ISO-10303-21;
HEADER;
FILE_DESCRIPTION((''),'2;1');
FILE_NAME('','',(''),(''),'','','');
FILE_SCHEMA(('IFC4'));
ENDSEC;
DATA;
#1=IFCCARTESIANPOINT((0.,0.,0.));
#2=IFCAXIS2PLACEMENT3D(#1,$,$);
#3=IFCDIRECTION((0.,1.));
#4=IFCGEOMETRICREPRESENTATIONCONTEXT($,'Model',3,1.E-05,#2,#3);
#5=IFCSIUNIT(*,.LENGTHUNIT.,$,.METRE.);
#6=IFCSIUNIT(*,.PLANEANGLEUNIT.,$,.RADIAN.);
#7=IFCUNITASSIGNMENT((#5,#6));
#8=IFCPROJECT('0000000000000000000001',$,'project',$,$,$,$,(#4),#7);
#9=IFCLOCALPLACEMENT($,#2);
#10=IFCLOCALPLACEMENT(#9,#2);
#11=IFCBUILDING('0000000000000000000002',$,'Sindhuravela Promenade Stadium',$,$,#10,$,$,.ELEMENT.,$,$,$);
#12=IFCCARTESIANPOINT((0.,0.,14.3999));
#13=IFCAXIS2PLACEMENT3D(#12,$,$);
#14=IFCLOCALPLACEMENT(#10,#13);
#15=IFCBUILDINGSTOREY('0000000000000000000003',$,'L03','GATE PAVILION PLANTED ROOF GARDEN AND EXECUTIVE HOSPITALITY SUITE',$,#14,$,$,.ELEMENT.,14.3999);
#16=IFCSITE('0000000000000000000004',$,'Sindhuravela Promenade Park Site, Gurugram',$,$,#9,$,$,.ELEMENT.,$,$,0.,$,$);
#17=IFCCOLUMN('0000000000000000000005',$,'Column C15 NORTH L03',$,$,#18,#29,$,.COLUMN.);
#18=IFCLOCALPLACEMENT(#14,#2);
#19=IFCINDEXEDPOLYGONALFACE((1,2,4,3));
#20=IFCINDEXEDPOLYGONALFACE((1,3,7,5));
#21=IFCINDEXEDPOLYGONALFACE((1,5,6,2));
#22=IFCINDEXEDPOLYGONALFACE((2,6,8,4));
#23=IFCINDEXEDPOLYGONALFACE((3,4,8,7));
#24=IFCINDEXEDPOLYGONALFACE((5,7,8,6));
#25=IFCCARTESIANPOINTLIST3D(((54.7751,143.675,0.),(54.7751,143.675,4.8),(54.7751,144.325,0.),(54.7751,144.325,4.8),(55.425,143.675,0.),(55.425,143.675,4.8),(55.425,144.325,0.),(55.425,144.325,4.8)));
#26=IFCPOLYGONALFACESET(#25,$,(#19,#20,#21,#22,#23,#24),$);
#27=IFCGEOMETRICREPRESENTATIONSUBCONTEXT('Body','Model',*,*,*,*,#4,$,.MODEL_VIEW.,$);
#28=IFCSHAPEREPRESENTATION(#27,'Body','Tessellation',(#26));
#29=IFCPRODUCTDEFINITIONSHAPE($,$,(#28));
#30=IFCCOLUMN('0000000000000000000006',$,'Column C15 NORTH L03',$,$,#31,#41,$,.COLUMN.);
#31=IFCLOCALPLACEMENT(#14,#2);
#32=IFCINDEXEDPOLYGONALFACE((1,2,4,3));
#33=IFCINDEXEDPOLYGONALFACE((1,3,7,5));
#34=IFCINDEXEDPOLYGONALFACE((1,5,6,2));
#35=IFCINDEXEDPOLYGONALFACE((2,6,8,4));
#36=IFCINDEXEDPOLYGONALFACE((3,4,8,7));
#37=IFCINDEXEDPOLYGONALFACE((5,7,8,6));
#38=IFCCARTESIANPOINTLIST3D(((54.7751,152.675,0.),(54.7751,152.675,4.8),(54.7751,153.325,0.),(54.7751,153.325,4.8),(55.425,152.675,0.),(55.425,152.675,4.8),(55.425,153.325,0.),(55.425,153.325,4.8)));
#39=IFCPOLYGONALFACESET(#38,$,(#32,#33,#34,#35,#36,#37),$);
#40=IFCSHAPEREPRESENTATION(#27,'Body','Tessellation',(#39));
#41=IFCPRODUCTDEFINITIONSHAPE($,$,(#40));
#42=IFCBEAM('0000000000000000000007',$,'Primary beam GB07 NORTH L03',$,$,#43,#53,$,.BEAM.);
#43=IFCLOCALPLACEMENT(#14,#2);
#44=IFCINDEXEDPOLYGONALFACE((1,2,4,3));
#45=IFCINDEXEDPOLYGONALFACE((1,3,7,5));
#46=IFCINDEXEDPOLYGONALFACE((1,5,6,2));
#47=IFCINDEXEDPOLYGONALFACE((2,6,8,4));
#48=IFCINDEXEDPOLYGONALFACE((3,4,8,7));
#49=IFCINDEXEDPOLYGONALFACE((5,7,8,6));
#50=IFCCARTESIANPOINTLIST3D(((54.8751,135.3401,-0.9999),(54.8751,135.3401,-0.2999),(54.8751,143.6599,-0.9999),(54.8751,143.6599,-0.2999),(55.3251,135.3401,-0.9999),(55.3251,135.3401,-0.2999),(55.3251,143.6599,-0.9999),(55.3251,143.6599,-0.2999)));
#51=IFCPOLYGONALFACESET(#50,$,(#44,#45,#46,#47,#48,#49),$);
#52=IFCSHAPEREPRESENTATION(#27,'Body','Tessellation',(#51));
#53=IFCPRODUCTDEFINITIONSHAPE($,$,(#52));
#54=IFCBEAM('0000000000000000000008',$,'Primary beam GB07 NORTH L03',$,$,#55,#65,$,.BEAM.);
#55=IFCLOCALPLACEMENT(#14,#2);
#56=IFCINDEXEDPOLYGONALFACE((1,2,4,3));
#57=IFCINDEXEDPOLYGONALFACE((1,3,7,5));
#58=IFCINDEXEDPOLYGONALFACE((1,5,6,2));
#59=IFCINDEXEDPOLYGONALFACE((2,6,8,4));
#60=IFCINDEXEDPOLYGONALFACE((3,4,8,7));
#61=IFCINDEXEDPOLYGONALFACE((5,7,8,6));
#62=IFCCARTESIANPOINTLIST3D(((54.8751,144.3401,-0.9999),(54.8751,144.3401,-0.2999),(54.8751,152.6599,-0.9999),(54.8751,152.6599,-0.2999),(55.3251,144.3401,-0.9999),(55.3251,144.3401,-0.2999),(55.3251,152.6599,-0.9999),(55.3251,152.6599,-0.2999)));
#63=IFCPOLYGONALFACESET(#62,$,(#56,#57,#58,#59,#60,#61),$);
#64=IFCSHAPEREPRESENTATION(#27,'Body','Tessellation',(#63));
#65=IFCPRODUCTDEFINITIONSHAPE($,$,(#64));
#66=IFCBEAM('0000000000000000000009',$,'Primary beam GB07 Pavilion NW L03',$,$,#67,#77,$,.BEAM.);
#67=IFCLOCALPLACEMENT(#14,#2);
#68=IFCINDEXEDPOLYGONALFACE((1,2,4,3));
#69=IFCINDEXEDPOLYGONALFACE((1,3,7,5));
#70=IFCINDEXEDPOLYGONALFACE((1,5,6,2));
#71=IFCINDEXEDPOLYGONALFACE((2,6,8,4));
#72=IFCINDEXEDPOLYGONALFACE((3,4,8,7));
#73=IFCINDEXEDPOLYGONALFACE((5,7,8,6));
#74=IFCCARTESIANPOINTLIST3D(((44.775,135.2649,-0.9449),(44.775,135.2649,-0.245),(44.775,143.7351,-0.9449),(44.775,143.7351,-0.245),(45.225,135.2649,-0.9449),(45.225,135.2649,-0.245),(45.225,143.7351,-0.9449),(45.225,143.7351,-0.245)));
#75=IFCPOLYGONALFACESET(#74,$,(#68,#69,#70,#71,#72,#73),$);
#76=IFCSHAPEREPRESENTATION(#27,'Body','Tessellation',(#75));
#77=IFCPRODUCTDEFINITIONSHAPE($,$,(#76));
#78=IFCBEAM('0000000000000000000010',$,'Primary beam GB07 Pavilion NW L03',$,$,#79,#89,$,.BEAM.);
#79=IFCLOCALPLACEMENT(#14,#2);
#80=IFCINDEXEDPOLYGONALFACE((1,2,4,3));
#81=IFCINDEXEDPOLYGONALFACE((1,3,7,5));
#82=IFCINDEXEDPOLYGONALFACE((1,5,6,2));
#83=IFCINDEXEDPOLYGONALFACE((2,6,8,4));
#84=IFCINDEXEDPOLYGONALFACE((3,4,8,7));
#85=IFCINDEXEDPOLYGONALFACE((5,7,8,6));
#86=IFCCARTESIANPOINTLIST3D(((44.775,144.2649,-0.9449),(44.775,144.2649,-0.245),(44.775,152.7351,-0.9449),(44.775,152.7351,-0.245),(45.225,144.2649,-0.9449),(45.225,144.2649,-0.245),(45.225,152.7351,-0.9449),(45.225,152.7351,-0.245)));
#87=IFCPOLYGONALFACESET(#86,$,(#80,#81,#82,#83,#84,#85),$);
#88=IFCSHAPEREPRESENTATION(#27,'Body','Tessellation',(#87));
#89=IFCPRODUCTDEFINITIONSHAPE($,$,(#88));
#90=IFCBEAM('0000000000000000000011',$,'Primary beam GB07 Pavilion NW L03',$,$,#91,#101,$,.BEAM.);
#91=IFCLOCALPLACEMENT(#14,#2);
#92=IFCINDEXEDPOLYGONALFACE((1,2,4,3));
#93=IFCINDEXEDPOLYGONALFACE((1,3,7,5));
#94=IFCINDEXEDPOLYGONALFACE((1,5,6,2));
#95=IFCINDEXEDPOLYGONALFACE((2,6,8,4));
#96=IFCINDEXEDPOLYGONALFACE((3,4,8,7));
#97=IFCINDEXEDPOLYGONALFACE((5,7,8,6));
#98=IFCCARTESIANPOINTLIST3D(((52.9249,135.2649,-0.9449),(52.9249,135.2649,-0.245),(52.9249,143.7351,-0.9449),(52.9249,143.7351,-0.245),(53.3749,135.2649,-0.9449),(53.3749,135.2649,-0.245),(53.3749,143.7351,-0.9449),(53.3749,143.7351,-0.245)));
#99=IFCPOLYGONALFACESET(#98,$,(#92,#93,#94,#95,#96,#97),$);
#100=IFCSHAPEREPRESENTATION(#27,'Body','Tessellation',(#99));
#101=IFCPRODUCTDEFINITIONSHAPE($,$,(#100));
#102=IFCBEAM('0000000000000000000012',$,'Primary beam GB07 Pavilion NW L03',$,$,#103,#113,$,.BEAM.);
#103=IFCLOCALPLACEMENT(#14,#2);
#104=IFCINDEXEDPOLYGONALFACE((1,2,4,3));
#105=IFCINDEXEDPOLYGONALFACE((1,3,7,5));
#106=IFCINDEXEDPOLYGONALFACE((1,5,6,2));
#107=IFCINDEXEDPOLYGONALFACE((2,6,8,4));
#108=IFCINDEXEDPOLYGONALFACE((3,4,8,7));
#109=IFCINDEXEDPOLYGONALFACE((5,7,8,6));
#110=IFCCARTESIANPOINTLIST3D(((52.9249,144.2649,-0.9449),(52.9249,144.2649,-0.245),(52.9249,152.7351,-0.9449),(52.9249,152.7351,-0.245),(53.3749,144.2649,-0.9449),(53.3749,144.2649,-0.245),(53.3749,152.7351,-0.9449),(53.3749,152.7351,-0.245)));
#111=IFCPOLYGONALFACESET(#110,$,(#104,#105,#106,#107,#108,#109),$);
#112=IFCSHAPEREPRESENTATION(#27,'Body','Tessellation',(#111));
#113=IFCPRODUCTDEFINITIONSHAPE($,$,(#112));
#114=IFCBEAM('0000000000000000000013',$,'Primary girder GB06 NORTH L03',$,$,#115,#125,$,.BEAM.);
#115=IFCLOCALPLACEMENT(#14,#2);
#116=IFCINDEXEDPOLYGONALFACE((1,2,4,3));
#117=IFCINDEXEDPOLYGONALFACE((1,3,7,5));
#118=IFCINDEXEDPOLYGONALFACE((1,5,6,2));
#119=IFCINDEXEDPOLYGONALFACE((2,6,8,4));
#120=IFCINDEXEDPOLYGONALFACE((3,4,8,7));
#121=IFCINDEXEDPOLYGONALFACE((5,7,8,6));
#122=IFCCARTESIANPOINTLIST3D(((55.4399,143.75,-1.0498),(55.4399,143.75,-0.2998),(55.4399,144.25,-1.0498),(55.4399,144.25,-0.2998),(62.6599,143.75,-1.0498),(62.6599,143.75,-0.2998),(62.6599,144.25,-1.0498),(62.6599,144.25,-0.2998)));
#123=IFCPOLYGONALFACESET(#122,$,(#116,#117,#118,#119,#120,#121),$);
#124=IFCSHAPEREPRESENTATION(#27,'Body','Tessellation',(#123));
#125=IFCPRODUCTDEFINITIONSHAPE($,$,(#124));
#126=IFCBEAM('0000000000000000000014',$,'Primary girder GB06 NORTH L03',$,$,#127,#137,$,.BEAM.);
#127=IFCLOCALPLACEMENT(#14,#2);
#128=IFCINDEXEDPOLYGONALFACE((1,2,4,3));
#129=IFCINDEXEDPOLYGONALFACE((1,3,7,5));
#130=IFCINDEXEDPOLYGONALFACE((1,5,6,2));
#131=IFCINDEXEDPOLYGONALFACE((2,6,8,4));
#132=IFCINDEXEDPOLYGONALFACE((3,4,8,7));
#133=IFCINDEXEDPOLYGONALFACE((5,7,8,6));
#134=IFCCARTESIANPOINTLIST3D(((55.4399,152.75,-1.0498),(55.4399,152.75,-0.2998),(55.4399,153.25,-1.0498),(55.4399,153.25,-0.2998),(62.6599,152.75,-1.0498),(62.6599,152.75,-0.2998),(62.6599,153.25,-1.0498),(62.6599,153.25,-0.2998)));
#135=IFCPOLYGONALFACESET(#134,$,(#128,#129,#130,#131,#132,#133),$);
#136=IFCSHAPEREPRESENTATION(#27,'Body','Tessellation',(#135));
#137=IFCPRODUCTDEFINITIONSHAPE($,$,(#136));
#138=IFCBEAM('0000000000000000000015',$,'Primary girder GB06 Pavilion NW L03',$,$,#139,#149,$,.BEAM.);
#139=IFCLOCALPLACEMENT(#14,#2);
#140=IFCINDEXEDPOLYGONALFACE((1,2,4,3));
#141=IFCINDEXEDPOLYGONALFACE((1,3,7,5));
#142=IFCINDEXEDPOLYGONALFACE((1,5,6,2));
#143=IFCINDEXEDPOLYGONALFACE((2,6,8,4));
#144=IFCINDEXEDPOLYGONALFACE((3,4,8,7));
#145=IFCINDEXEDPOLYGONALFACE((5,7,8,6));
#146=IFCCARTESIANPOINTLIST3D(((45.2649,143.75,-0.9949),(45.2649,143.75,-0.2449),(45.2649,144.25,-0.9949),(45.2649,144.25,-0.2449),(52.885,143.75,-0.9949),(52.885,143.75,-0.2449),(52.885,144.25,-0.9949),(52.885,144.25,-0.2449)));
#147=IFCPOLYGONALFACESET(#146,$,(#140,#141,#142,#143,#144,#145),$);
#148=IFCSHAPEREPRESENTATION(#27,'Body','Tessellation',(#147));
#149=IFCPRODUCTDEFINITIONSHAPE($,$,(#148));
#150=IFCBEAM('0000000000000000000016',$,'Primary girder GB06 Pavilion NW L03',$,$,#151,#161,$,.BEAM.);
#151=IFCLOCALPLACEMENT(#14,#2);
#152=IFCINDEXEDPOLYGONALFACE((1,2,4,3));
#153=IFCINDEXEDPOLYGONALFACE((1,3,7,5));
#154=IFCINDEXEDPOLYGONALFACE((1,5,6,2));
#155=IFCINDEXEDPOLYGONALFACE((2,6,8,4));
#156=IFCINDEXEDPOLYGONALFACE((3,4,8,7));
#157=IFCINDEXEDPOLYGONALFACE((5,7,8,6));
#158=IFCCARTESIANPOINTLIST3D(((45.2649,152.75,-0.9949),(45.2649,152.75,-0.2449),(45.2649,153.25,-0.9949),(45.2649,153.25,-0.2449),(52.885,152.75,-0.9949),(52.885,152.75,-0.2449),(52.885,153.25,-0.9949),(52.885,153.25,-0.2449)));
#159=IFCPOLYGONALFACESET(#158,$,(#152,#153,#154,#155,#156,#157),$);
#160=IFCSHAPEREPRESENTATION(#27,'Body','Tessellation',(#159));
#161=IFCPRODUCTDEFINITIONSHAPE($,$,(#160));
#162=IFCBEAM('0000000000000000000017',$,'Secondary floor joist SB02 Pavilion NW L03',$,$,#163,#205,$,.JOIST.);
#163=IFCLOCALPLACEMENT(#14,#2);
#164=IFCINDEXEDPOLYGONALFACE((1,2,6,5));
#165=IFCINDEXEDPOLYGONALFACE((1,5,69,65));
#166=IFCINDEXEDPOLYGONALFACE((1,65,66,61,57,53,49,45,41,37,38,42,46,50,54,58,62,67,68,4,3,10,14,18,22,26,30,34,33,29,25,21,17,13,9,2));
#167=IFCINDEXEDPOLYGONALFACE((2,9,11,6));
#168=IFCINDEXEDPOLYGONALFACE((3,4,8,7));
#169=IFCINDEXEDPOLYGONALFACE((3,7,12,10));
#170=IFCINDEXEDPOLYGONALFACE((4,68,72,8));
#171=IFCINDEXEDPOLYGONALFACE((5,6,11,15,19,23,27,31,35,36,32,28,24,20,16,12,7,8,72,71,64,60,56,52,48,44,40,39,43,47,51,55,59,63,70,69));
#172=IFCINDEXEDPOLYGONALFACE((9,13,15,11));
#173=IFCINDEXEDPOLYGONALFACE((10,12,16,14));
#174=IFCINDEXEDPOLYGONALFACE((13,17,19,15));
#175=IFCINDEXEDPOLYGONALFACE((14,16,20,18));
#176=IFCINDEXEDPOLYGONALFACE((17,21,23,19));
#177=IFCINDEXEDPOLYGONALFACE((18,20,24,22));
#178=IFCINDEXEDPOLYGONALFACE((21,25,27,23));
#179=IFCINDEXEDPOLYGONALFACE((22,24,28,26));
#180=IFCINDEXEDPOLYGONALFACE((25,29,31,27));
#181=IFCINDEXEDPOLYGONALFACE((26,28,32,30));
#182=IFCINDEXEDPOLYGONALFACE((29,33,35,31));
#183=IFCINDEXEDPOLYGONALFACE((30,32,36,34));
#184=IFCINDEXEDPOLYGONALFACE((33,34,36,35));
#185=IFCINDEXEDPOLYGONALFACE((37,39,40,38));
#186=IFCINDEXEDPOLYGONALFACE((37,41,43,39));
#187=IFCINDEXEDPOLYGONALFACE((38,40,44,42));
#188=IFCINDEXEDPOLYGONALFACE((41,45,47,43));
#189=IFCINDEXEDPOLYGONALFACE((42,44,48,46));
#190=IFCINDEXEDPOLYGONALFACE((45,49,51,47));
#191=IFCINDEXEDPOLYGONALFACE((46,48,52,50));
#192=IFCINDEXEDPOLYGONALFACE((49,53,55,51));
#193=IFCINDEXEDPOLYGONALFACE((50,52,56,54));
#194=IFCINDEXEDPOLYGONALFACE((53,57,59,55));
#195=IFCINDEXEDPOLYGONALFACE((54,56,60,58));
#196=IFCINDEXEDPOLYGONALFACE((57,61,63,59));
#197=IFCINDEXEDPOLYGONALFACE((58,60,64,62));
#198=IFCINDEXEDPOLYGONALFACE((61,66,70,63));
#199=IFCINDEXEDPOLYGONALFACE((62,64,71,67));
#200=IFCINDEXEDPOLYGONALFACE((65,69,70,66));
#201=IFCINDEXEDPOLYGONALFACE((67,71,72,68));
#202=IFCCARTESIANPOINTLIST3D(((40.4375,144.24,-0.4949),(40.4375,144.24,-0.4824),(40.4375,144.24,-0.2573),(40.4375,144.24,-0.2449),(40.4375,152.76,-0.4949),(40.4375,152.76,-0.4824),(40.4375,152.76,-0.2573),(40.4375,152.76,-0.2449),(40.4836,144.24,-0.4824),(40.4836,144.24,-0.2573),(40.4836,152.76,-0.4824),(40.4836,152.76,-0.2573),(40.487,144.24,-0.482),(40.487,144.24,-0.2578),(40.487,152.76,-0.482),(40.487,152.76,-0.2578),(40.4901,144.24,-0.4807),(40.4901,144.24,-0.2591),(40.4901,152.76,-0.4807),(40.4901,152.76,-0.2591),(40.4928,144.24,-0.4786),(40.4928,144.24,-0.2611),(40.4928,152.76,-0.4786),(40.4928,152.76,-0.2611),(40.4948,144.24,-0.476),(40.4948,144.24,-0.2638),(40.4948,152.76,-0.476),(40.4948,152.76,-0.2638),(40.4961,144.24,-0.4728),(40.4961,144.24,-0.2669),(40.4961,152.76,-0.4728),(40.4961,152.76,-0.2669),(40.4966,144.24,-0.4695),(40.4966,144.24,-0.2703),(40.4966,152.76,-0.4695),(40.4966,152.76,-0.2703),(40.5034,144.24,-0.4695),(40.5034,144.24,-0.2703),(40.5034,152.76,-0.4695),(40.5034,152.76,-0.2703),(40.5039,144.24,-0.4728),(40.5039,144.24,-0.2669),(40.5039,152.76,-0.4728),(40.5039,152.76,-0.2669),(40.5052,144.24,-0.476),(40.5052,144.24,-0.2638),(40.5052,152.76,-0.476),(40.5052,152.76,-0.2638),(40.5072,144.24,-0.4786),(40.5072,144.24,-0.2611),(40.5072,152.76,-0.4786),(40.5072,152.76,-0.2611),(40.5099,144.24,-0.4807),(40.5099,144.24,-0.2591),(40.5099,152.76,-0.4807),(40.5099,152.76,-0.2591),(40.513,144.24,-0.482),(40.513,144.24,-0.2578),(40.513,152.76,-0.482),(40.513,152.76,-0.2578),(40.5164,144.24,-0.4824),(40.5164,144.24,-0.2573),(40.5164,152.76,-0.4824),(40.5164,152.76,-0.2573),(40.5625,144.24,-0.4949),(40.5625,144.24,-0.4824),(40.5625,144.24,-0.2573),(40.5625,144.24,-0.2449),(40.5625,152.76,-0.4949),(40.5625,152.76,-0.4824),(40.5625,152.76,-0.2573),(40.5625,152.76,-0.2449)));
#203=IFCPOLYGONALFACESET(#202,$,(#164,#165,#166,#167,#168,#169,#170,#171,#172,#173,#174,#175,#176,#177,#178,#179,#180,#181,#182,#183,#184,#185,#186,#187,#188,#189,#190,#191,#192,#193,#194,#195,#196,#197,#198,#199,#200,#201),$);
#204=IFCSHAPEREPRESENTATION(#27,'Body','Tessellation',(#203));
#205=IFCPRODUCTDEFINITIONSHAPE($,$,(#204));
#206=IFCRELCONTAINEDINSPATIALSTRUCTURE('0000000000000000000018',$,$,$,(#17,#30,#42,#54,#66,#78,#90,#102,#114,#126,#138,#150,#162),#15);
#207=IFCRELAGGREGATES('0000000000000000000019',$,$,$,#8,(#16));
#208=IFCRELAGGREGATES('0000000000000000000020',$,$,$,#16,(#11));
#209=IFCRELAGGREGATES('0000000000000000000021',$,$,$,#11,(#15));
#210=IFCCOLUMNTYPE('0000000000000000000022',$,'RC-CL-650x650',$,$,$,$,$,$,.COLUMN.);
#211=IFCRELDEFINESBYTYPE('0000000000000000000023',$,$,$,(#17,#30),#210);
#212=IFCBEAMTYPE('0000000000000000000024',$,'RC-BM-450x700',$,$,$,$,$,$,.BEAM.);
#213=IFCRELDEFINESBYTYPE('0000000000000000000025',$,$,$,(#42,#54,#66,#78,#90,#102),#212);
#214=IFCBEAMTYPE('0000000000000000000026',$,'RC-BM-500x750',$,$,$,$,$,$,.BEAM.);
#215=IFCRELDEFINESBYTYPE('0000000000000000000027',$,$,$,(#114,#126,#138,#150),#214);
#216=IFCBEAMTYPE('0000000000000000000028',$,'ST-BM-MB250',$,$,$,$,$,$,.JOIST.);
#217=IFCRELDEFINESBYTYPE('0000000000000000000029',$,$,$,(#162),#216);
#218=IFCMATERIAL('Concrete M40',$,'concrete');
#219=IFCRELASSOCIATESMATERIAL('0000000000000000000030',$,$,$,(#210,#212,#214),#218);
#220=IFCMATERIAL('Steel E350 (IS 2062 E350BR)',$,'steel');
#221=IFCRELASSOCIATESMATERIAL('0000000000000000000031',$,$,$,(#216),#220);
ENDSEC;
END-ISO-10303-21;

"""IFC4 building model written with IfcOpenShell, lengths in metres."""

from ifc_helpers import new_model, si_unit, direction, frame, origin, origin_2d, place, context, subcontext, project, spatial, rectangle, i_section, extrude, material, material_profile, profile_set, type_object, element, save


model = new_model("IFC4")

# Units and contexts
model_context = context("Model", 3, precision=1e-05, world=origin(), true_north=direction((0.0, 1.0)))
body_context = subcontext(model_context, "Body", "Model", "MODEL_VIEW")
ifc_project = project(units=[si_unit("LENGTHUNIT", "METRE"), si_unit("PLANEANGLEUNIT", "RADIAN")], contexts=[model_context])

# Site, building, storey
site_placement = place(None, origin())
site = spatial("IfcSite", under=ifc_project, at=site_placement, Name="Sindhuravela Promenade Park Site, Gurugram", CompositionType="ELEMENT", RefElevation=0.0)
building_placement = place(site_placement, origin())
building = spatial("IfcBuilding", under=site, at=building_placement, Name="Sindhuravela Promenade Stadium", CompositionType="ELEMENT")
storey_placement = place(building_placement, frame((0.0, 0.0, 14.3999)))
storey = spatial("IfcBuildingStorey", under=building, at=storey_placement, Name="L03", Description="GATE PAVILION PLANTED ROOF GARDEN AND EXECUTIVE HOSPITALITY SUITE", CompositionType="ELEMENT", Elevation=14.3999)

# Columns
ifc_material_1 = material(Name="Concrete M40", Category="concrete")
ifc_material_profile_1 = material_profile(ifc_material_1, rectangle(XDim=0.6499, YDim=0.6499, at=origin_2d()), Name="RC 650x650")
ifc_profile_set_1 = profile_set([ifc_material_profile_1], Name="Concrete M40")
column_type = type_object("IfcColumnType", Name="RC-CL-650x650", PredefinedType="COLUMN", material=ifc_profile_set_1)
for number, where, z_axis, x_axis, name in (
    (1, (55.1001, 144.0, 0.0), (0.0, 0.0, 1.0), (1.0, 0.0, 0.0), "Column C15 NORTH L03"),
    (2, (55.1001, 153.0, 0.0), (0.0, 0.0, 1.0), (1.0, 0.0, 0.0), "Column C15 NORTH L03"),
):
    element("IfcColumn", number, at=place(storey_placement, frame(where, z_axis=z_axis, x_axis=x_axis)), inside=storey, type_object=column_type, Name=name, PredefinedType="COLUMN", context=body_context, shape_type="SweptSolid", body=[
        extrude(rectangle(XDim=0.6499, YDim=0.6499, at=origin_2d()), origin(), (0.0, 0.0, 1.0), 4.8),
    ])

# Beams
ifc_material_profile_2 = material_profile(ifc_material_1, rectangle(XDim=0.45, YDim=0.7, at=origin_2d()), Name="RC 450x700")
ifc_profile_set_2 = profile_set([ifc_material_profile_2], Name="Concrete M40")
beam_type_1 = type_object("IfcBeamType", Name="RC-BM-450x700", PredefinedType="BEAM", material=ifc_profile_set_2)
for number, where, z_axis, x_axis, name in (
    (3, (55.1001, 135.3401, -0.6499), (0.0, 1.0, 0.0), (-1.0, 0.0, 0.0), "Primary beam GB07 NORTH L03"),
    (4, (55.1001, 144.3401, -0.6499), (0.0, 1.0, 0.0), (-1.0, 0.0, 0.0), "Primary beam GB07 NORTH L03"),
):
    element("IfcBeam", number, at=place(storey_placement, frame(where, z_axis=z_axis, x_axis=x_axis)), inside=storey, type_object=beam_type_1, Name=name, PredefinedType="BEAM", context=body_context, shape_type="SweptSolid", body=[
        extrude(rectangle(XDim=0.45, YDim=0.7, at=origin_2d()), origin(), (0.0, 0.0, 1.0), 8.3198),
    ])
for number, where, z_axis, x_axis, name in (
    (5, (45.0, 135.2649, -0.595), (0.0, 1.0, 0.0), (-1.0, 0.0, 0.0), "Primary beam GB07 Pavilion NW L03"),
    (6, (45.0, 144.2649, -0.595), (0.0, 1.0, 0.0), (-1.0, 0.0, 0.0), "Primary beam GB07 Pavilion NW L03"),
    (7, (53.1499, 135.2649, -0.595), (0.0, 1.0, 0.0), (-1.0, 0.0, 0.0), "Primary beam GB07 Pavilion NW L03"),
    (8, (53.1499, 144.2649, -0.595), (0.0, 1.0, 0.0), (-1.0, 0.0, 0.0), "Primary beam GB07 Pavilion NW L03"),
):
    element("IfcBeam", number, at=place(storey_placement, frame(where, z_axis=z_axis, x_axis=x_axis)), inside=storey, type_object=beam_type_1, Name=name, PredefinedType="BEAM", context=body_context, shape_type="SweptSolid", body=[
        extrude(rectangle(XDim=0.45, YDim=0.7, at=origin_2d()), origin(), (0.0, 0.0, 1.0), 8.4702),
    ])
ifc_material_profile_3 = material_profile(ifc_material_1, rectangle(XDim=0.5, YDim=0.75, at=origin_2d()), Name="RC 500x750")
ifc_profile_set_3 = profile_set([ifc_material_profile_3], Name="Concrete M40")
beam_type_2 = type_object("IfcBeamType", Name="RC-BM-500x750", PredefinedType="BEAM", material=ifc_profile_set_3)
for number, where, z_axis, x_axis, name in (
    (9, (55.4399, 144.0, -0.6748), (1.0, 0.0, 0.0), (0.0, 1.0, 0.0), "Primary girder GB06 NORTH L03"),
    (10, (55.4399, 153.0, -0.6748), (1.0, 0.0, 0.0), (0.0, 1.0, 0.0), "Primary girder GB06 NORTH L03"),
):
    element("IfcBeam", number, at=place(storey_placement, frame(where, z_axis=z_axis, x_axis=x_axis)), inside=storey, type_object=beam_type_2, Name=name, PredefinedType="BEAM", context=body_context, shape_type="SweptSolid", body=[
        extrude(rectangle(XDim=0.5, YDim=0.75, at=origin_2d()), origin(), (0.0, 0.0, 1.0), 7.22),
    ])
for number, where, z_axis, x_axis, name in (
    (11, (45.2649, 144.0, -0.6199), (1.0, 0.0, 0.0), (0.0, 1.0, 0.0), "Primary girder GB06 Pavilion NW L03"),
    (12, (45.2649, 153.0, -0.6199), (1.0, 0.0, 0.0), (0.0, 1.0, 0.0), "Primary girder GB06 Pavilion NW L03"),
):
    element("IfcBeam", number, at=place(storey_placement, frame(where, z_axis=z_axis, x_axis=x_axis)), inside=storey, type_object=beam_type_2, Name=name, PredefinedType="BEAM", context=body_context, shape_type="SweptSolid", body=[
        extrude(rectangle(XDim=0.5, YDim=0.75, at=origin_2d()), origin(), (0.0, 0.0, 1.0), 7.6201),
    ])
ifc_material_2 = material(Name="Steel E350 (IS 2062 E350BR)", Category="steel")
ifc_material_profile_4 = material_profile(ifc_material_2, i_section(OverallWidth=0.125, OverallDepth=0.25, WebThickness=0.0068, FlangeThickness=0.0125, FilletRadius=0.0129, at=origin_2d()), Name="ISMB 250")
ifc_profile_set_4 = profile_set([ifc_material_profile_4], Name="Steel E350 (IS 2062 E350BR)")
beam_type_3 = type_object("IfcBeamType", Name="ST-BM-MB250", PredefinedType="JOIST", material=ifc_profile_set_4)
beam_1_placement = place(storey_placement, frame((40.5, 144.24, -0.3699), z_axis=(0.0, 1.0, 0.0), x_axis=(-1.0, 0.0, 0.0)))
element("IfcBeam", 13, at=beam_1_placement, inside=storey, type_object=beam_type_3, Name="Secondary floor joist SB02 Pavilion NW L03", PredefinedType="JOIST", context=body_context, shape_type="SweptSolid", body=[
    extrude(i_section(OverallWidth=0.125, OverallDepth=0.25, WebThickness=0.0068, FlangeThickness=0.0125, FilletRadius=0.0129, at=origin_2d()), origin(), (0.0, 0.0, 1.0), 8.52),
])

save(model, "model.ifc")
